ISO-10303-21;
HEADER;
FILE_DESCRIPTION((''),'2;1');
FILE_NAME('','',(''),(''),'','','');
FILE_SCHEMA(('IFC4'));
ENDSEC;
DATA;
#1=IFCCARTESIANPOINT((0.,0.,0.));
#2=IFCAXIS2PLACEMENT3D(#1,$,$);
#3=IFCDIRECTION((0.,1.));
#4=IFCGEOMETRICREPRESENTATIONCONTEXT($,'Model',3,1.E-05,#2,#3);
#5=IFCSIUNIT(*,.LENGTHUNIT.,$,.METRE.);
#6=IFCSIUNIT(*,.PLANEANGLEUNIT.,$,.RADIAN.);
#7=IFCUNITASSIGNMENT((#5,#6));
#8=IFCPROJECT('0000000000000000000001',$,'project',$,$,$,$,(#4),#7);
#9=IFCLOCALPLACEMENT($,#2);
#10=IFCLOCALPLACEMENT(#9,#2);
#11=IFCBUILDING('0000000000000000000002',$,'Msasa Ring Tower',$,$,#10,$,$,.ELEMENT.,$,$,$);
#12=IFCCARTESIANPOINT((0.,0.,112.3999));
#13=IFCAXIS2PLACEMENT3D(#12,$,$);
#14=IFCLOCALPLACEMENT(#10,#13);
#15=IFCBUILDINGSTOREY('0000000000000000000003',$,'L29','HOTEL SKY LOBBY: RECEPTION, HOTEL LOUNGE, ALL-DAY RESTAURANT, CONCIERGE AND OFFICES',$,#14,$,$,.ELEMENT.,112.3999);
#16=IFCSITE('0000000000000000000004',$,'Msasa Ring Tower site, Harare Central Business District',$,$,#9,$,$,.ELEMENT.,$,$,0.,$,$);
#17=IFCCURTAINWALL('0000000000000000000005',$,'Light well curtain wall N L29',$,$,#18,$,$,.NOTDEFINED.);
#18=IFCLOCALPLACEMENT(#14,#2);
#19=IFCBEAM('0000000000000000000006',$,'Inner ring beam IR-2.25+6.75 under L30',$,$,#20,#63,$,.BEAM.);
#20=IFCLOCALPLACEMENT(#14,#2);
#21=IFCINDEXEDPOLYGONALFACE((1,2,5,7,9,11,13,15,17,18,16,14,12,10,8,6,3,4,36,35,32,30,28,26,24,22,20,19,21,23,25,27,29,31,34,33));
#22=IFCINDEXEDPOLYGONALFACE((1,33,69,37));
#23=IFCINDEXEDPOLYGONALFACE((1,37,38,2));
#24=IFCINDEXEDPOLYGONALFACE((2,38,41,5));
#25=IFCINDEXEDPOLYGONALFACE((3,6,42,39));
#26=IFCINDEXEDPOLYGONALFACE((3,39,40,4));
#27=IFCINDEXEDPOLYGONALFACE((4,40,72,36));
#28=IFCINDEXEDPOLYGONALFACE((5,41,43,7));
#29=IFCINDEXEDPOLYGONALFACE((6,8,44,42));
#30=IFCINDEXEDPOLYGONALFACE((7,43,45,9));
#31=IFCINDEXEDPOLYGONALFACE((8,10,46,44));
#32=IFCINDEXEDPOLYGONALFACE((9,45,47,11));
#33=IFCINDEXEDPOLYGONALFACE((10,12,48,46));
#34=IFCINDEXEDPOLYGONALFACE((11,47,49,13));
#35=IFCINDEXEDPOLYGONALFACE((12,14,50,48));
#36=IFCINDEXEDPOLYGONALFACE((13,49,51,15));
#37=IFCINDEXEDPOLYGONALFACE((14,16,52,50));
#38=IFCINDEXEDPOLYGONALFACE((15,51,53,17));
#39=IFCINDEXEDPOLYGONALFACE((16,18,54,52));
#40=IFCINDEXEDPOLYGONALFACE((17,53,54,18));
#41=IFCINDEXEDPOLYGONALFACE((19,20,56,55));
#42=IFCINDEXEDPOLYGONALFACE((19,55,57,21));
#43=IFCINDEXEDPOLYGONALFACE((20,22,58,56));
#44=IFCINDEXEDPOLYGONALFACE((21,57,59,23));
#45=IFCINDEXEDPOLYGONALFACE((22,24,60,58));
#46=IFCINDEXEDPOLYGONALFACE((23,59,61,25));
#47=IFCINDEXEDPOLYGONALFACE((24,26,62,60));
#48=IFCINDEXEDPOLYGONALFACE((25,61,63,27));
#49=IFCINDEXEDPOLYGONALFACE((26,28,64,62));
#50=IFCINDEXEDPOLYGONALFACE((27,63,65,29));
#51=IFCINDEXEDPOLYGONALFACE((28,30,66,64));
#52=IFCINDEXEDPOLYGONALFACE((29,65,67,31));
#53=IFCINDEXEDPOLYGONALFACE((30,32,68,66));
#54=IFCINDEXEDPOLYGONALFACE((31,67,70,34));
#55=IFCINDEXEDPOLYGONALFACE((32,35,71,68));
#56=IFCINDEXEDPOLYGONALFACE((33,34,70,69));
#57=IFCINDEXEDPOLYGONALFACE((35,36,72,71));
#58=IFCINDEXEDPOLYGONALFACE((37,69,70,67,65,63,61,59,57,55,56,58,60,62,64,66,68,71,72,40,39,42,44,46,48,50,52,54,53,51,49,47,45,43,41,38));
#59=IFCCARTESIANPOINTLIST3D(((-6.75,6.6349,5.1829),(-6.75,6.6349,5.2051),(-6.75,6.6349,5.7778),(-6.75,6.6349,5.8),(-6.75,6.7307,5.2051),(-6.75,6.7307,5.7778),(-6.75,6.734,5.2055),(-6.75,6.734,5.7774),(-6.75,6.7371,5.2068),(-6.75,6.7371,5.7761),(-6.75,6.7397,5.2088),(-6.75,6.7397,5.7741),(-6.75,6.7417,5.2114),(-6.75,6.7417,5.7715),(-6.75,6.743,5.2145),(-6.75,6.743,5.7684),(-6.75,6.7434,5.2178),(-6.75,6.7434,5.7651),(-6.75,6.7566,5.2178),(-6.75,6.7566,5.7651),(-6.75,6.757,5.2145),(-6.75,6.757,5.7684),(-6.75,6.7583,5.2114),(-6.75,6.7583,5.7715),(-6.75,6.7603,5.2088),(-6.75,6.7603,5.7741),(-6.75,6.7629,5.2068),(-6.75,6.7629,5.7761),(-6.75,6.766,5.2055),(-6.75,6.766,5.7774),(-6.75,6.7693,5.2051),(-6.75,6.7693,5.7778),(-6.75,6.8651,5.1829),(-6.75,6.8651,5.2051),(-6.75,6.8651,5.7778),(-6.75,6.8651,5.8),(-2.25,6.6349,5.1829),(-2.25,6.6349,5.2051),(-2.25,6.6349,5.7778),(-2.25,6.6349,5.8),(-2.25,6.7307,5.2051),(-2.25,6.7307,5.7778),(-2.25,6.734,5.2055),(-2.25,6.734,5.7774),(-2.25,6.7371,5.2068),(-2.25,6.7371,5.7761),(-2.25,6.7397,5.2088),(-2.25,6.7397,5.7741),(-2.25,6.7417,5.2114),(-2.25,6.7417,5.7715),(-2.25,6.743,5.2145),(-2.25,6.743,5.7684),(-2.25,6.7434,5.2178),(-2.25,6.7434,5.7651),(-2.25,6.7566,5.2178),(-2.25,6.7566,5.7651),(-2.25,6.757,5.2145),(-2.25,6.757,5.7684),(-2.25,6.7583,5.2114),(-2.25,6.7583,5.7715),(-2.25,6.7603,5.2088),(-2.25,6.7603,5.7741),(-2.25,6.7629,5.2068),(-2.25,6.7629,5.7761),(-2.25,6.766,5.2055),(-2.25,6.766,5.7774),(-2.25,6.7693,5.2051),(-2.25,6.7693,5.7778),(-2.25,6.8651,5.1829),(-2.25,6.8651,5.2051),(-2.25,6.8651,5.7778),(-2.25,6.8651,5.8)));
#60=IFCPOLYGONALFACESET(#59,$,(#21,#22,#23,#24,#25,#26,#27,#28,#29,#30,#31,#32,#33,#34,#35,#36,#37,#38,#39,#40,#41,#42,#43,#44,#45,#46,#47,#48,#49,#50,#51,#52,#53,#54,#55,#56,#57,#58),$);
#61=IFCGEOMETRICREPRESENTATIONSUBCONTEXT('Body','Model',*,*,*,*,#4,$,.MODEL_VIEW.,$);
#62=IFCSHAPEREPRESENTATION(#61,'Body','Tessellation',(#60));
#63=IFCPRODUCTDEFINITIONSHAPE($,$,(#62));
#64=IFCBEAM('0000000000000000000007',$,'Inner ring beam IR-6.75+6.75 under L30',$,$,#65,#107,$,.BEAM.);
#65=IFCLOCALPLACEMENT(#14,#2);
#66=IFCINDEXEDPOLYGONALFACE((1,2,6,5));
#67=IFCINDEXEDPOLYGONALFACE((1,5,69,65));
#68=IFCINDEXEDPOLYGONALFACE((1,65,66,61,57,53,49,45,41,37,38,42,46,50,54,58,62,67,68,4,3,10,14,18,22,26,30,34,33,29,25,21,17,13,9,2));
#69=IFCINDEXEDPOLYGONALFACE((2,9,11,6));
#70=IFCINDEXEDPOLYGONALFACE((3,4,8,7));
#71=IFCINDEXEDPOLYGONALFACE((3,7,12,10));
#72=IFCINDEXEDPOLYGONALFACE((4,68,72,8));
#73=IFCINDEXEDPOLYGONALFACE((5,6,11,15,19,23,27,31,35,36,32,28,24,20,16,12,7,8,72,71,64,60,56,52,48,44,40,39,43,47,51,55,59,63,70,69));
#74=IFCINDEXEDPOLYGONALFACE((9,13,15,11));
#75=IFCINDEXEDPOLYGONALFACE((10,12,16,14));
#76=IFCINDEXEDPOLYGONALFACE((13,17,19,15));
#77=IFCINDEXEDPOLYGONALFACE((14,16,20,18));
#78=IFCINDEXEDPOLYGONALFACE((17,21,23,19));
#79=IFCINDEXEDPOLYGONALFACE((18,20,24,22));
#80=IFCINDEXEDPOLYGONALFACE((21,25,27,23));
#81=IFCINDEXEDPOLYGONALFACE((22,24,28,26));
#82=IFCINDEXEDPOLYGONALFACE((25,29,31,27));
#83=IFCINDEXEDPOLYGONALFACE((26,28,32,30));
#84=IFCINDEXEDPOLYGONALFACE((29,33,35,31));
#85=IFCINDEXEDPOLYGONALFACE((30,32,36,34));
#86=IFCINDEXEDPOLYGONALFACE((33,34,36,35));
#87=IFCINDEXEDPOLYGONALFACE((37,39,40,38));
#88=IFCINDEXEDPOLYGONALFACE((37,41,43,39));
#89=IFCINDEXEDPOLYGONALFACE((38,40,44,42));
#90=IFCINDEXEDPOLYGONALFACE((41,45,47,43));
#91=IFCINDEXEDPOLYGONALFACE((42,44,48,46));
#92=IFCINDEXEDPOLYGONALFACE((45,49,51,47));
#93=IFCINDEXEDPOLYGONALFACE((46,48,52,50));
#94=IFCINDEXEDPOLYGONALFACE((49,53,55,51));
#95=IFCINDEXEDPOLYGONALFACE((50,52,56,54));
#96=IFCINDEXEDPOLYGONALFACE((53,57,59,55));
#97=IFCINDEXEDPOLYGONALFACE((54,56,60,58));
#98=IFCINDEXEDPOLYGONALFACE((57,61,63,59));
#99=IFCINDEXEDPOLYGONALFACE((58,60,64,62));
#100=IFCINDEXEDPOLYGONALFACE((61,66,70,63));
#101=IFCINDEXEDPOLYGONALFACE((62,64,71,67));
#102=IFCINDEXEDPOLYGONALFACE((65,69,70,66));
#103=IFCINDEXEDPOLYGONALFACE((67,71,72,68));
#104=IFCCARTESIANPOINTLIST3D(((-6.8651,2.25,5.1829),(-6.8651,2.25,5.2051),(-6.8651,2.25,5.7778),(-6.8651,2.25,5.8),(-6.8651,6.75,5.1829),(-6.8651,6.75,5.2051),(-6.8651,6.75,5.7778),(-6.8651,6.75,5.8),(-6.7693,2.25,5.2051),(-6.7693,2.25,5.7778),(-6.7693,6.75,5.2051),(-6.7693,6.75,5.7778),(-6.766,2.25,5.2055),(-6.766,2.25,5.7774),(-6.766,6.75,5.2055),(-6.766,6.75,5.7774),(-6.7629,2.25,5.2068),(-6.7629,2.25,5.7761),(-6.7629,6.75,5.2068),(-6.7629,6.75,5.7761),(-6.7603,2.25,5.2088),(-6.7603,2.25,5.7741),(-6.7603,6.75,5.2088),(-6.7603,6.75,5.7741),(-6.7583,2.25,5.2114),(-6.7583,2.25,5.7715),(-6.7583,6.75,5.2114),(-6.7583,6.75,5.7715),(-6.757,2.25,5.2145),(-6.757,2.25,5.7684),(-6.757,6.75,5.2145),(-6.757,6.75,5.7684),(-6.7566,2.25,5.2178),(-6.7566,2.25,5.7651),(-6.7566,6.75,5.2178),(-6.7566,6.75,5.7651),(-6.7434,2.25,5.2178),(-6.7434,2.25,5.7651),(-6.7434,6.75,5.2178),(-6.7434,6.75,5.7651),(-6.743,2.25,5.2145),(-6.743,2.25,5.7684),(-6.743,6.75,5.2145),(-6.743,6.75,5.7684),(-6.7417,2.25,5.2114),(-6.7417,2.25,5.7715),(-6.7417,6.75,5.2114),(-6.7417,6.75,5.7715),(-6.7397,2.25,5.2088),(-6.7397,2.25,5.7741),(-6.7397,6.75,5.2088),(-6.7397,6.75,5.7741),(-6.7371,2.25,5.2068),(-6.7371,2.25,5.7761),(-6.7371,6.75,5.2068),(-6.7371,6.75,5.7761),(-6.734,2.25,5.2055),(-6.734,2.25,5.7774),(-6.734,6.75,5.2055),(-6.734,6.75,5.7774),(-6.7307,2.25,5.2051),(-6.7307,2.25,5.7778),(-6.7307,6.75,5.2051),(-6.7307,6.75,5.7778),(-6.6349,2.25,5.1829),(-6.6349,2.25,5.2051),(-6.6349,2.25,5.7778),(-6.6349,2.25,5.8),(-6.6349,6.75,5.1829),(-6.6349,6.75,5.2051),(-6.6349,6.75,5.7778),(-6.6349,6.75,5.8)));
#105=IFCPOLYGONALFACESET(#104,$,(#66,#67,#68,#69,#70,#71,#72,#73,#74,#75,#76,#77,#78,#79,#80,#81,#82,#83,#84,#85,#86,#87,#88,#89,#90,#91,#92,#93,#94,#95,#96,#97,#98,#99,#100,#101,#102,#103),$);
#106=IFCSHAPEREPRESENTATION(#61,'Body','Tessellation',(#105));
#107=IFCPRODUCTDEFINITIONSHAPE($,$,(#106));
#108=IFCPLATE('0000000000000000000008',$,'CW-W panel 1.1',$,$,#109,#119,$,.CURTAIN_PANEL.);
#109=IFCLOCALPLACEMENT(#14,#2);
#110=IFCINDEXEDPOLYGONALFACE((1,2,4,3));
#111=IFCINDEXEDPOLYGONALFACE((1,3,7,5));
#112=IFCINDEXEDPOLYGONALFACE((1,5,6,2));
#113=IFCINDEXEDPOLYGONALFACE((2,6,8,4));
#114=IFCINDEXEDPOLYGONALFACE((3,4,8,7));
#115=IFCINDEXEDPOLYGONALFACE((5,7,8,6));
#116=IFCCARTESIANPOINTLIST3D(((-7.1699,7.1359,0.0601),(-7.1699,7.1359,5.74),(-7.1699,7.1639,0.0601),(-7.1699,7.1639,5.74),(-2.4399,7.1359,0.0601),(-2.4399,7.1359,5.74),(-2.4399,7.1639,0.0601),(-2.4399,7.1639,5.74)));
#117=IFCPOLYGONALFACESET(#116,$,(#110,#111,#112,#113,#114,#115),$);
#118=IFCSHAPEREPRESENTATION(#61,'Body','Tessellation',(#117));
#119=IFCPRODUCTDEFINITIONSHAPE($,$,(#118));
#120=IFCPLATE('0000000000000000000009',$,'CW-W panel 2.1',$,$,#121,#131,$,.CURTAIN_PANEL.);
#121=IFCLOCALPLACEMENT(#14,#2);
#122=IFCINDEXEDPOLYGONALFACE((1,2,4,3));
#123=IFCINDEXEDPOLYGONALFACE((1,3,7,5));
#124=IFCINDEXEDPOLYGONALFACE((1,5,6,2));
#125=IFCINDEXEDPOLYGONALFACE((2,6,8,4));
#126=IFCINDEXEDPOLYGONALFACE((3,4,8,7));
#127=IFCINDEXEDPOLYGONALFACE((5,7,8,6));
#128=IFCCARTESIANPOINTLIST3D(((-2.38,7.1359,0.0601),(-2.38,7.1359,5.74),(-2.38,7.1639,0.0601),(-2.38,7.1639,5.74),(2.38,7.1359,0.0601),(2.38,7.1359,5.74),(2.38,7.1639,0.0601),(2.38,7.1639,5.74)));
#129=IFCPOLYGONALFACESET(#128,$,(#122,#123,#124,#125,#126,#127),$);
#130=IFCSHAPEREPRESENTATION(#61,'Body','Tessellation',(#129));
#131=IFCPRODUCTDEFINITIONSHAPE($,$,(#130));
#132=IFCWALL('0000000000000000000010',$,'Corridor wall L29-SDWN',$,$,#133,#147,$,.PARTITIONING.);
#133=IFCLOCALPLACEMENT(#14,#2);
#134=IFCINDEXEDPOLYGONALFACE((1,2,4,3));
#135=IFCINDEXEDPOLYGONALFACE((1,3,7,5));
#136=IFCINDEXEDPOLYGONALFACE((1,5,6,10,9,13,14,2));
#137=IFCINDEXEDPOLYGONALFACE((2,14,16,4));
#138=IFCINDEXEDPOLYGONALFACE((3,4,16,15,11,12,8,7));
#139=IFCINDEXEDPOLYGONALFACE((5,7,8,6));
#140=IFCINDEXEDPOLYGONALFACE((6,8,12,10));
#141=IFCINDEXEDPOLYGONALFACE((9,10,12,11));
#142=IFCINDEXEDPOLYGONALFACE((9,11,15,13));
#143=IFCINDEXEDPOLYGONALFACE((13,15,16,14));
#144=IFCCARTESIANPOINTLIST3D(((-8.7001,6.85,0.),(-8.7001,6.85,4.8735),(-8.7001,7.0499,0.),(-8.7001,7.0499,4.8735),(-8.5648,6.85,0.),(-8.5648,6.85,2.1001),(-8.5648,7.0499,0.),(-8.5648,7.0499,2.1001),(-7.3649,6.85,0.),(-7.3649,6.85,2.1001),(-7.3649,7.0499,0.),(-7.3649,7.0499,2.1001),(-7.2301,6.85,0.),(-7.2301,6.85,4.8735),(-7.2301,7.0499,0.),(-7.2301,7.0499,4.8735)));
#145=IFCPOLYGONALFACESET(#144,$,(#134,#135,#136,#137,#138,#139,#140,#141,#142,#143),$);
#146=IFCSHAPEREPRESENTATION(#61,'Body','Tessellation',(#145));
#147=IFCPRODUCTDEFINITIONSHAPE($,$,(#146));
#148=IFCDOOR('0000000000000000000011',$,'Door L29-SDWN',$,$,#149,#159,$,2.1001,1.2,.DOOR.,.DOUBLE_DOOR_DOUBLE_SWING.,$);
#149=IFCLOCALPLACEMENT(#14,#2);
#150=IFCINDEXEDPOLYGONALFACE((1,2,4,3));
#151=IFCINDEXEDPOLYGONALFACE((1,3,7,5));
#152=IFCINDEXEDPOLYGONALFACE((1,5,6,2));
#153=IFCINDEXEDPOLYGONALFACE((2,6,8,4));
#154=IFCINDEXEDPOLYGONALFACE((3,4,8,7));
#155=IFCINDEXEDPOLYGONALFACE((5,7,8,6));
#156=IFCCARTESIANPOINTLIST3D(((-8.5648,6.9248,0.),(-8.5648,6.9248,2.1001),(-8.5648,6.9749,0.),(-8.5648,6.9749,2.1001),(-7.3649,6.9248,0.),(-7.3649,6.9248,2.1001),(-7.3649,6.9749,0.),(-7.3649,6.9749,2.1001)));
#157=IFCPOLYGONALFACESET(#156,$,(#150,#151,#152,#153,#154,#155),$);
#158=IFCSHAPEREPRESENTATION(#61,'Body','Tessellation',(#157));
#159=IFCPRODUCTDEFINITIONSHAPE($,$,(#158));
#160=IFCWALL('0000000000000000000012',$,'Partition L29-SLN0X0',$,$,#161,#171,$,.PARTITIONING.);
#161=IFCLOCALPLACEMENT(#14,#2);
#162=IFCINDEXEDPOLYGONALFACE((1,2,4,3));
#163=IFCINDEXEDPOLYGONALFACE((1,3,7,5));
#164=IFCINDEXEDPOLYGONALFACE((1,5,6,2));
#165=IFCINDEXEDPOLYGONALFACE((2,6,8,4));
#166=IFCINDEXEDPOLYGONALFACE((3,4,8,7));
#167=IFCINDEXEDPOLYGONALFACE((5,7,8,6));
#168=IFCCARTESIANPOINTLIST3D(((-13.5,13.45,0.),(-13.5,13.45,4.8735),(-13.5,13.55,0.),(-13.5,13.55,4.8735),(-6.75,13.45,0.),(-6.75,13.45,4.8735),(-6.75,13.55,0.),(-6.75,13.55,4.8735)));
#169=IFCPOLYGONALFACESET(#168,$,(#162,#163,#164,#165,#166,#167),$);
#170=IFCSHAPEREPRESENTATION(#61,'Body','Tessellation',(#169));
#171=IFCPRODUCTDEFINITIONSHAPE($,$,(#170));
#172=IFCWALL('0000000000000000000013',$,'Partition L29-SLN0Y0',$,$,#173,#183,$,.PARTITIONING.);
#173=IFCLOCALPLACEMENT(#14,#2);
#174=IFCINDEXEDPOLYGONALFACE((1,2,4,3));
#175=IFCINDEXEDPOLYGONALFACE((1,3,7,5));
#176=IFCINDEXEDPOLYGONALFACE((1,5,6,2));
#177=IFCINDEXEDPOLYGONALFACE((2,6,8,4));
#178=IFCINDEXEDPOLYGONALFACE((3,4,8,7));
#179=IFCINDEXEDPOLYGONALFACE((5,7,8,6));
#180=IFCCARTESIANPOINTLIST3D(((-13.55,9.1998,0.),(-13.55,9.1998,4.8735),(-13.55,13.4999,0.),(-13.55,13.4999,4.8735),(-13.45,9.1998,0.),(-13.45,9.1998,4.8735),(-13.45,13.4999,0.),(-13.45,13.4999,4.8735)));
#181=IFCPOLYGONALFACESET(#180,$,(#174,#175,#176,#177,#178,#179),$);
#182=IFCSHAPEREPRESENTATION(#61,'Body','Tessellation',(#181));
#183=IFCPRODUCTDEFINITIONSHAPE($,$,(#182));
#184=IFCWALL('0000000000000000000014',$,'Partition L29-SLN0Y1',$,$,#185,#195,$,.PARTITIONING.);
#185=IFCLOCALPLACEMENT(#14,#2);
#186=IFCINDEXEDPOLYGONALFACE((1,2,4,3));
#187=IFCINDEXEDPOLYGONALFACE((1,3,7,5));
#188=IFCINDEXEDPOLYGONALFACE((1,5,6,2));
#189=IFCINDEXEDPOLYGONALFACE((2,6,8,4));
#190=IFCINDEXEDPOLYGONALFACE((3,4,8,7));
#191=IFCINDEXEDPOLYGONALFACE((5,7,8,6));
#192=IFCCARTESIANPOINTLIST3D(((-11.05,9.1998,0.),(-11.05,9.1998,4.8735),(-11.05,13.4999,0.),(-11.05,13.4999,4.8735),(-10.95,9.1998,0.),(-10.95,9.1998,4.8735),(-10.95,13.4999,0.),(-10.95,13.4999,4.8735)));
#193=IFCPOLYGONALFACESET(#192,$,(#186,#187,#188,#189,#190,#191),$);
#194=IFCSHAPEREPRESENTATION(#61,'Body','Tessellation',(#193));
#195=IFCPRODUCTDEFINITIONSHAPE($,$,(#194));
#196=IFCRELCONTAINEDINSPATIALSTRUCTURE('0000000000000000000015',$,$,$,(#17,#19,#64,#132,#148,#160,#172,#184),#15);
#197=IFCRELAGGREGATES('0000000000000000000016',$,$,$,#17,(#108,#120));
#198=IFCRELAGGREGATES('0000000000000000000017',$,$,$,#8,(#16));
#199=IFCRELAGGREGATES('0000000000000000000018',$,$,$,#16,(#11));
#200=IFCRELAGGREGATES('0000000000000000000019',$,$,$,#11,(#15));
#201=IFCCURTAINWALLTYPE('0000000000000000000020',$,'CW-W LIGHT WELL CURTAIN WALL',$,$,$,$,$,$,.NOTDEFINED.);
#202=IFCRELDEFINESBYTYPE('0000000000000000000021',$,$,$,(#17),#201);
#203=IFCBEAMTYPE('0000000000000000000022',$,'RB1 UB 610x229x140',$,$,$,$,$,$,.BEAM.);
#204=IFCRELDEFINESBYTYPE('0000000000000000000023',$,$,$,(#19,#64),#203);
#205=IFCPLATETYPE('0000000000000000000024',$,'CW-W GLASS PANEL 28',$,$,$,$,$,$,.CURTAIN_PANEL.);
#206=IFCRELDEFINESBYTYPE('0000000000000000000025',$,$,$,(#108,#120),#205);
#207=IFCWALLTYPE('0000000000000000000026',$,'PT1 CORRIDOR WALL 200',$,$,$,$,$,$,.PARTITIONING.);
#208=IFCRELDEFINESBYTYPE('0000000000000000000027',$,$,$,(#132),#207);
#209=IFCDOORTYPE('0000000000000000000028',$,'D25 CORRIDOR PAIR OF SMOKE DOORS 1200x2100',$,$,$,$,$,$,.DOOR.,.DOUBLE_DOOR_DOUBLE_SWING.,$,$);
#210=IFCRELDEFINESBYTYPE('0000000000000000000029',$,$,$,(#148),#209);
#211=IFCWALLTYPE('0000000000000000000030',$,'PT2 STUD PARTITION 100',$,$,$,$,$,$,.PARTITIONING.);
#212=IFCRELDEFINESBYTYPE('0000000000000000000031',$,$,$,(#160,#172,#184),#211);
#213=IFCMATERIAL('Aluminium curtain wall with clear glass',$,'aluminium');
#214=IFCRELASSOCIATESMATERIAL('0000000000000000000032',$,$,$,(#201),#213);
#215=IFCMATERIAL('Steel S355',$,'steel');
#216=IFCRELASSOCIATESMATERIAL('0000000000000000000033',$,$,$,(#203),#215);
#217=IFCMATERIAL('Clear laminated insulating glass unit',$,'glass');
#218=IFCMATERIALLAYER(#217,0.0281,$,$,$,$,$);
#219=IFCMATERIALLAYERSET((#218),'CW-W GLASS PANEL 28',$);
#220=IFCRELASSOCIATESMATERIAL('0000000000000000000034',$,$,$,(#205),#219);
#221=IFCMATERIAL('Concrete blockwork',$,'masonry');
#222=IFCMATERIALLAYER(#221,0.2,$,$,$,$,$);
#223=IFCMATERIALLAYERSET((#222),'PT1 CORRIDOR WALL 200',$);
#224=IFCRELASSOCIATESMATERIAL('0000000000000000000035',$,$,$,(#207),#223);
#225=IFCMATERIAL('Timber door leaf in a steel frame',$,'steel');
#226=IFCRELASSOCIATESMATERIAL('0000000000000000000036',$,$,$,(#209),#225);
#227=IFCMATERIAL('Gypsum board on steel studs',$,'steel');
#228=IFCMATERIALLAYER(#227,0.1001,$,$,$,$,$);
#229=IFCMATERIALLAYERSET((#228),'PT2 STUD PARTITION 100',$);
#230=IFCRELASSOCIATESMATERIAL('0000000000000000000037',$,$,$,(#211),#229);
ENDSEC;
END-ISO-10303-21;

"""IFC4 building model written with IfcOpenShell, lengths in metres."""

from ifc_helpers import new_model, si_unit, direction, frame, frame_2d, origin, origin_2d, place, context, subcontext, project, spatial, rectangle, i_section, extrude, material, layer, layer_set, material_profile, profile_set, type_object, element, fill, aggregate, save


model = new_model("IFC4")

# Units and contexts
model_context = context("Model", 3, precision=1e-05, world=origin(), true_north=direction((0.0, 1.0)))
body_context = subcontext(model_context, "Body", "Model", "MODEL_VIEW")
ifc_project = project(units=[si_unit("LENGTHUNIT", "METRE"), si_unit("PLANEANGLEUNIT", "RADIAN")], contexts=[model_context])

# Site, building, storey
site_placement = place(None, origin())
site = spatial("IfcSite", under=ifc_project, at=site_placement, Name="Msasa Ring Tower site, Harare Central Business District", CompositionType="ELEMENT", RefElevation=0.0)
building_placement = place(site_placement, origin())
building = spatial("IfcBuilding", under=site, at=building_placement, Name="Msasa Ring Tower", CompositionType="ELEMENT")
storey_placement = place(building_placement, frame((0.0, 0.0, 112.3999)))
storey = spatial("IfcBuildingStorey", under=building, at=storey_placement, Name="L29", Description="HOTEL SKY LOBBY: RECEPTION, HOTEL LOUNGE, ALL-DAY RESTAURANT, CONCIERGE AND OFFICES", CompositionType="ELEMENT", Elevation=112.3999)

# Curtain wall
ifc_material_1 = material(Name="Aluminium curtain wall with clear glass", Category="aluminium")
curtain_wall_type_1 = type_object("IfcCurtainWallType", Name="CW-W LIGHT WELL CURTAIN WALL", PredefinedType="NOTDEFINED", material=ifc_material_1)
curtain_wall_1_placement = place(storey_placement, origin())
curtain_wall_1 = element("IfcCurtainWall", 1, at=curtain_wall_1_placement, inside=storey, type_object=curtain_wall_type_1, Name="Light well curtain wall N L29", PredefinedType="NOTDEFINED")

# Beams
ifc_material_2 = material(Name="Steel S355", Category="steel")
ifc_material_profile_1 = material_profile(ifc_material_2, i_section(OverallWidth=0.2302, OverallDepth=0.6172, WebThickness=0.0132, FlangeThickness=0.0222, FilletRadius=0.0127, at=origin_2d()), Name="UB 610x229x140")
ifc_profile_set_1 = profile_set([ifc_material_profile_1], Name="Steel S355")
beam_type = type_object("IfcBeamType", Name="RB1 UB 610x229x140", PredefinedType="BEAM", material=ifc_profile_set_1)
for number, where, z_axis, x_axis, name in (
    (2, (-2.25, 6.75, 5.4915), (-1.0, 0.0, 0.0), (0.0, -1.0, 0.0), "Inner ring beam IR-2.25+6.75 under L30"),
    (3, (-6.75, 6.75, 5.4915), (0.0, -1.0, 0.0), (1.0, 0.0, 0.0), "Inner ring beam IR-6.75+6.75 under L30"),
):
    element("IfcBeam", number, at=place(storey_placement, frame(where, z_axis=z_axis, x_axis=x_axis)), inside=storey, type_object=beam_type, Name=name, PredefinedType="BEAM", context=body_context, shape_type="SweptSolid", body=[
        extrude(i_section(OverallWidth=0.2302, OverallDepth=0.6172, WebThickness=0.0132, FlangeThickness=0.0222, FilletRadius=0.0127, at=origin_2d()), origin(), (0.0, 0.0, 1.0), 4.5),
    ])

# Plates
ifc_material_3 = material(Name="Clear laminated insulating glass unit", Category="glass")
ifc_layer_1 = layer(ifc_material_3, 0.0281)
ifc_layer_set_1 = layer_set([ifc_layer_1], Name="CW-W GLASS PANEL 28")
plate_type = type_object("IfcPlateType", Name="CW-W GLASS PANEL 28", PredefinedType="CURTAIN_PANEL", material=ifc_layer_set_1)
plate_1_placement = place(storey_placement, frame((-4.8049, 7.1499, 0.0601), z_axis=(0.0, 0.0, 1.0), x_axis=(1.0, 0.0, 0.0)))
plate_1 = element("IfcPlate", 4, at=plate_1_placement, type_object=plate_type, Name="CW-W panel 1.1", PredefinedType="CURTAIN_PANEL", context=body_context, shape_type="SweptSolid", body=[
    extrude(rectangle(XDim=4.73, YDim=0.0281, at=origin_2d()), origin(), (0.0, 0.0, 1.0), 5.6799),
])
plate_2_placement = place(storey_placement, frame((0.0, 7.1499, 0.0601), z_axis=(0.0, 0.0, 1.0), x_axis=(1.0, 0.0, 0.0)))
plate_2 = element("IfcPlate", 5, at=plate_2_placement, type_object=plate_type, Name="CW-W panel 2.1", PredefinedType="CURTAIN_PANEL", context=body_context, shape_type="SweptSolid", body=[
    extrude(rectangle(XDim=4.76, YDim=0.0281, at=origin_2d()), origin(), (0.0, 0.0, 1.0), 5.6799),
])
aggregate(curtain_wall_1, [plate_1, plate_2])

# Wall, opening, door
ifc_material_4 = material(Name="Concrete blockwork", Category="masonry")
ifc_layer_2 = layer(ifc_material_4, 0.2)
ifc_layer_set_2 = layer_set([ifc_layer_2], Name="PT1 CORRIDOR WALL 200")
wall_type_1 = type_object("IfcWallType", Name="PT1 CORRIDOR WALL 200", PredefinedType="PARTITIONING", material=ifc_layer_set_2)
wall_1_placement = place(storey_placement, frame((-8.7, 6.95, 0.0), z_axis=(0.0, 0.0, 1.0), x_axis=(1.0, 0.0, 0.0)))
wall_1 = element("IfcWall", 6, at=wall_1_placement, inside=storey, type_object=wall_type_1, Name="Corridor wall L29-SDWN", PredefinedType="PARTITIONING", context=body_context, shape_type="SweptSolid", body=[
    extrude(rectangle(XDim=1.47, YDim=0.2, at=frame_2d((0.7349, 0.0))), origin(), (0.0, 0.0, 1.0), 4.8735),
])
opening_placement = place(wall_1_placement, frame((0.135, 0.0, 0.0)))
opening = element("IfcOpeningElement", 7, at=opening_placement, cuts=wall_1, PredefinedType="OPENING", context=body_context, shape_type="SweptSolid", body=[
    extrude(rectangle(XDim=1.2, YDim=2.1001, at=frame_2d((0.6001, 1.05))), frame((0.0, 0.1099, 0.0), z_axis=(0.0, -1.0, 0.0), x_axis=(1.0, 0.0, 0.0)), (0.0, 0.0, 1.0), 0.22),
])
ifc_material_5 = material(Name="Timber door leaf in a steel frame", Category="steel")
door_type = type_object("IfcDoorType", Name="D25 CORRIDOR PAIR OF SMOKE DOORS 1200x2100", OperationType="DOUBLE_DOOR_DOUBLE_SWING", PredefinedType="DOOR", material=ifc_material_5)
door_placement = place(opening_placement, origin())
door = element("IfcDoor", 8, at=door_placement, inside=storey, type_object=door_type, Name="Door L29-SDWN", OperationType="DOUBLE_DOOR_DOUBLE_SWING", OverallHeight=2.1001, OverallWidth=1.2, PredefinedType="DOOR", context=body_context, shape_type="SweptSolid", body=[
    extrude(rectangle(XDim=1.2, YDim=2.1001, at=frame_2d((0.6001, 1.05))), frame((0.0, 0.0249, 0.0), z_axis=(0.0, -1.0, 0.0), x_axis=(1.0, 0.0, 0.0)), (0.0, 0.0, 1.0), 0.05),
])
fill(opening, door)

# Walls
ifc_material_6 = material(Name="Gypsum board on steel studs", Category="steel")
ifc_layer_3 = layer(ifc_material_6, 0.1001)
ifc_layer_set_3 = layer_set([ifc_layer_3], Name="PT2 STUD PARTITION 100")
wall_type_2 = type_object("IfcWallType", Name="PT2 STUD PARTITION 100", PredefinedType="PARTITIONING", material=ifc_layer_set_3)
wall_2_placement = place(storey_placement, frame((-13.5, 13.5, 0.0), z_axis=(0.0, 0.0, 1.0), x_axis=(1.0, 0.0, 0.0)))
element("IfcWall", 9, at=wall_2_placement, inside=storey, type_object=wall_type_2, Name="Partition L29-SLN0X0", PredefinedType="PARTITIONING", context=body_context, shape_type="SweptSolid", body=[
    extrude(rectangle(XDim=6.75, YDim=0.1001, at=frame_2d((3.375, 0.0))), origin(), (0.0, 0.0, 1.0), 4.8735),
])
for number, where, z_axis, x_axis, name in (
    (10, (-13.5, 9.2, 0.0), (0.0, 0.0, 1.0), (0.0, 1.0, 0.0), "Partition L29-SLN0Y0"),
    (11, (-11.0, 9.2, 0.0), (0.0, 0.0, 1.0), (0.0, 1.0, 0.0), "Partition L29-SLN0Y1"),
):
    element("IfcWall", number, at=place(storey_placement, frame(where, z_axis=z_axis, x_axis=x_axis)), inside=storey, type_object=wall_type_2, Name=name, PredefinedType="PARTITIONING", context=body_context, shape_type="SweptSolid", body=[
        extrude(rectangle(XDim=4.3, YDim=0.1001, at=frame_2d((2.1499, 0.0))), origin(), (0.0, 0.0, 1.0), 4.8735),
    ])

save(model, "model.ifc")
